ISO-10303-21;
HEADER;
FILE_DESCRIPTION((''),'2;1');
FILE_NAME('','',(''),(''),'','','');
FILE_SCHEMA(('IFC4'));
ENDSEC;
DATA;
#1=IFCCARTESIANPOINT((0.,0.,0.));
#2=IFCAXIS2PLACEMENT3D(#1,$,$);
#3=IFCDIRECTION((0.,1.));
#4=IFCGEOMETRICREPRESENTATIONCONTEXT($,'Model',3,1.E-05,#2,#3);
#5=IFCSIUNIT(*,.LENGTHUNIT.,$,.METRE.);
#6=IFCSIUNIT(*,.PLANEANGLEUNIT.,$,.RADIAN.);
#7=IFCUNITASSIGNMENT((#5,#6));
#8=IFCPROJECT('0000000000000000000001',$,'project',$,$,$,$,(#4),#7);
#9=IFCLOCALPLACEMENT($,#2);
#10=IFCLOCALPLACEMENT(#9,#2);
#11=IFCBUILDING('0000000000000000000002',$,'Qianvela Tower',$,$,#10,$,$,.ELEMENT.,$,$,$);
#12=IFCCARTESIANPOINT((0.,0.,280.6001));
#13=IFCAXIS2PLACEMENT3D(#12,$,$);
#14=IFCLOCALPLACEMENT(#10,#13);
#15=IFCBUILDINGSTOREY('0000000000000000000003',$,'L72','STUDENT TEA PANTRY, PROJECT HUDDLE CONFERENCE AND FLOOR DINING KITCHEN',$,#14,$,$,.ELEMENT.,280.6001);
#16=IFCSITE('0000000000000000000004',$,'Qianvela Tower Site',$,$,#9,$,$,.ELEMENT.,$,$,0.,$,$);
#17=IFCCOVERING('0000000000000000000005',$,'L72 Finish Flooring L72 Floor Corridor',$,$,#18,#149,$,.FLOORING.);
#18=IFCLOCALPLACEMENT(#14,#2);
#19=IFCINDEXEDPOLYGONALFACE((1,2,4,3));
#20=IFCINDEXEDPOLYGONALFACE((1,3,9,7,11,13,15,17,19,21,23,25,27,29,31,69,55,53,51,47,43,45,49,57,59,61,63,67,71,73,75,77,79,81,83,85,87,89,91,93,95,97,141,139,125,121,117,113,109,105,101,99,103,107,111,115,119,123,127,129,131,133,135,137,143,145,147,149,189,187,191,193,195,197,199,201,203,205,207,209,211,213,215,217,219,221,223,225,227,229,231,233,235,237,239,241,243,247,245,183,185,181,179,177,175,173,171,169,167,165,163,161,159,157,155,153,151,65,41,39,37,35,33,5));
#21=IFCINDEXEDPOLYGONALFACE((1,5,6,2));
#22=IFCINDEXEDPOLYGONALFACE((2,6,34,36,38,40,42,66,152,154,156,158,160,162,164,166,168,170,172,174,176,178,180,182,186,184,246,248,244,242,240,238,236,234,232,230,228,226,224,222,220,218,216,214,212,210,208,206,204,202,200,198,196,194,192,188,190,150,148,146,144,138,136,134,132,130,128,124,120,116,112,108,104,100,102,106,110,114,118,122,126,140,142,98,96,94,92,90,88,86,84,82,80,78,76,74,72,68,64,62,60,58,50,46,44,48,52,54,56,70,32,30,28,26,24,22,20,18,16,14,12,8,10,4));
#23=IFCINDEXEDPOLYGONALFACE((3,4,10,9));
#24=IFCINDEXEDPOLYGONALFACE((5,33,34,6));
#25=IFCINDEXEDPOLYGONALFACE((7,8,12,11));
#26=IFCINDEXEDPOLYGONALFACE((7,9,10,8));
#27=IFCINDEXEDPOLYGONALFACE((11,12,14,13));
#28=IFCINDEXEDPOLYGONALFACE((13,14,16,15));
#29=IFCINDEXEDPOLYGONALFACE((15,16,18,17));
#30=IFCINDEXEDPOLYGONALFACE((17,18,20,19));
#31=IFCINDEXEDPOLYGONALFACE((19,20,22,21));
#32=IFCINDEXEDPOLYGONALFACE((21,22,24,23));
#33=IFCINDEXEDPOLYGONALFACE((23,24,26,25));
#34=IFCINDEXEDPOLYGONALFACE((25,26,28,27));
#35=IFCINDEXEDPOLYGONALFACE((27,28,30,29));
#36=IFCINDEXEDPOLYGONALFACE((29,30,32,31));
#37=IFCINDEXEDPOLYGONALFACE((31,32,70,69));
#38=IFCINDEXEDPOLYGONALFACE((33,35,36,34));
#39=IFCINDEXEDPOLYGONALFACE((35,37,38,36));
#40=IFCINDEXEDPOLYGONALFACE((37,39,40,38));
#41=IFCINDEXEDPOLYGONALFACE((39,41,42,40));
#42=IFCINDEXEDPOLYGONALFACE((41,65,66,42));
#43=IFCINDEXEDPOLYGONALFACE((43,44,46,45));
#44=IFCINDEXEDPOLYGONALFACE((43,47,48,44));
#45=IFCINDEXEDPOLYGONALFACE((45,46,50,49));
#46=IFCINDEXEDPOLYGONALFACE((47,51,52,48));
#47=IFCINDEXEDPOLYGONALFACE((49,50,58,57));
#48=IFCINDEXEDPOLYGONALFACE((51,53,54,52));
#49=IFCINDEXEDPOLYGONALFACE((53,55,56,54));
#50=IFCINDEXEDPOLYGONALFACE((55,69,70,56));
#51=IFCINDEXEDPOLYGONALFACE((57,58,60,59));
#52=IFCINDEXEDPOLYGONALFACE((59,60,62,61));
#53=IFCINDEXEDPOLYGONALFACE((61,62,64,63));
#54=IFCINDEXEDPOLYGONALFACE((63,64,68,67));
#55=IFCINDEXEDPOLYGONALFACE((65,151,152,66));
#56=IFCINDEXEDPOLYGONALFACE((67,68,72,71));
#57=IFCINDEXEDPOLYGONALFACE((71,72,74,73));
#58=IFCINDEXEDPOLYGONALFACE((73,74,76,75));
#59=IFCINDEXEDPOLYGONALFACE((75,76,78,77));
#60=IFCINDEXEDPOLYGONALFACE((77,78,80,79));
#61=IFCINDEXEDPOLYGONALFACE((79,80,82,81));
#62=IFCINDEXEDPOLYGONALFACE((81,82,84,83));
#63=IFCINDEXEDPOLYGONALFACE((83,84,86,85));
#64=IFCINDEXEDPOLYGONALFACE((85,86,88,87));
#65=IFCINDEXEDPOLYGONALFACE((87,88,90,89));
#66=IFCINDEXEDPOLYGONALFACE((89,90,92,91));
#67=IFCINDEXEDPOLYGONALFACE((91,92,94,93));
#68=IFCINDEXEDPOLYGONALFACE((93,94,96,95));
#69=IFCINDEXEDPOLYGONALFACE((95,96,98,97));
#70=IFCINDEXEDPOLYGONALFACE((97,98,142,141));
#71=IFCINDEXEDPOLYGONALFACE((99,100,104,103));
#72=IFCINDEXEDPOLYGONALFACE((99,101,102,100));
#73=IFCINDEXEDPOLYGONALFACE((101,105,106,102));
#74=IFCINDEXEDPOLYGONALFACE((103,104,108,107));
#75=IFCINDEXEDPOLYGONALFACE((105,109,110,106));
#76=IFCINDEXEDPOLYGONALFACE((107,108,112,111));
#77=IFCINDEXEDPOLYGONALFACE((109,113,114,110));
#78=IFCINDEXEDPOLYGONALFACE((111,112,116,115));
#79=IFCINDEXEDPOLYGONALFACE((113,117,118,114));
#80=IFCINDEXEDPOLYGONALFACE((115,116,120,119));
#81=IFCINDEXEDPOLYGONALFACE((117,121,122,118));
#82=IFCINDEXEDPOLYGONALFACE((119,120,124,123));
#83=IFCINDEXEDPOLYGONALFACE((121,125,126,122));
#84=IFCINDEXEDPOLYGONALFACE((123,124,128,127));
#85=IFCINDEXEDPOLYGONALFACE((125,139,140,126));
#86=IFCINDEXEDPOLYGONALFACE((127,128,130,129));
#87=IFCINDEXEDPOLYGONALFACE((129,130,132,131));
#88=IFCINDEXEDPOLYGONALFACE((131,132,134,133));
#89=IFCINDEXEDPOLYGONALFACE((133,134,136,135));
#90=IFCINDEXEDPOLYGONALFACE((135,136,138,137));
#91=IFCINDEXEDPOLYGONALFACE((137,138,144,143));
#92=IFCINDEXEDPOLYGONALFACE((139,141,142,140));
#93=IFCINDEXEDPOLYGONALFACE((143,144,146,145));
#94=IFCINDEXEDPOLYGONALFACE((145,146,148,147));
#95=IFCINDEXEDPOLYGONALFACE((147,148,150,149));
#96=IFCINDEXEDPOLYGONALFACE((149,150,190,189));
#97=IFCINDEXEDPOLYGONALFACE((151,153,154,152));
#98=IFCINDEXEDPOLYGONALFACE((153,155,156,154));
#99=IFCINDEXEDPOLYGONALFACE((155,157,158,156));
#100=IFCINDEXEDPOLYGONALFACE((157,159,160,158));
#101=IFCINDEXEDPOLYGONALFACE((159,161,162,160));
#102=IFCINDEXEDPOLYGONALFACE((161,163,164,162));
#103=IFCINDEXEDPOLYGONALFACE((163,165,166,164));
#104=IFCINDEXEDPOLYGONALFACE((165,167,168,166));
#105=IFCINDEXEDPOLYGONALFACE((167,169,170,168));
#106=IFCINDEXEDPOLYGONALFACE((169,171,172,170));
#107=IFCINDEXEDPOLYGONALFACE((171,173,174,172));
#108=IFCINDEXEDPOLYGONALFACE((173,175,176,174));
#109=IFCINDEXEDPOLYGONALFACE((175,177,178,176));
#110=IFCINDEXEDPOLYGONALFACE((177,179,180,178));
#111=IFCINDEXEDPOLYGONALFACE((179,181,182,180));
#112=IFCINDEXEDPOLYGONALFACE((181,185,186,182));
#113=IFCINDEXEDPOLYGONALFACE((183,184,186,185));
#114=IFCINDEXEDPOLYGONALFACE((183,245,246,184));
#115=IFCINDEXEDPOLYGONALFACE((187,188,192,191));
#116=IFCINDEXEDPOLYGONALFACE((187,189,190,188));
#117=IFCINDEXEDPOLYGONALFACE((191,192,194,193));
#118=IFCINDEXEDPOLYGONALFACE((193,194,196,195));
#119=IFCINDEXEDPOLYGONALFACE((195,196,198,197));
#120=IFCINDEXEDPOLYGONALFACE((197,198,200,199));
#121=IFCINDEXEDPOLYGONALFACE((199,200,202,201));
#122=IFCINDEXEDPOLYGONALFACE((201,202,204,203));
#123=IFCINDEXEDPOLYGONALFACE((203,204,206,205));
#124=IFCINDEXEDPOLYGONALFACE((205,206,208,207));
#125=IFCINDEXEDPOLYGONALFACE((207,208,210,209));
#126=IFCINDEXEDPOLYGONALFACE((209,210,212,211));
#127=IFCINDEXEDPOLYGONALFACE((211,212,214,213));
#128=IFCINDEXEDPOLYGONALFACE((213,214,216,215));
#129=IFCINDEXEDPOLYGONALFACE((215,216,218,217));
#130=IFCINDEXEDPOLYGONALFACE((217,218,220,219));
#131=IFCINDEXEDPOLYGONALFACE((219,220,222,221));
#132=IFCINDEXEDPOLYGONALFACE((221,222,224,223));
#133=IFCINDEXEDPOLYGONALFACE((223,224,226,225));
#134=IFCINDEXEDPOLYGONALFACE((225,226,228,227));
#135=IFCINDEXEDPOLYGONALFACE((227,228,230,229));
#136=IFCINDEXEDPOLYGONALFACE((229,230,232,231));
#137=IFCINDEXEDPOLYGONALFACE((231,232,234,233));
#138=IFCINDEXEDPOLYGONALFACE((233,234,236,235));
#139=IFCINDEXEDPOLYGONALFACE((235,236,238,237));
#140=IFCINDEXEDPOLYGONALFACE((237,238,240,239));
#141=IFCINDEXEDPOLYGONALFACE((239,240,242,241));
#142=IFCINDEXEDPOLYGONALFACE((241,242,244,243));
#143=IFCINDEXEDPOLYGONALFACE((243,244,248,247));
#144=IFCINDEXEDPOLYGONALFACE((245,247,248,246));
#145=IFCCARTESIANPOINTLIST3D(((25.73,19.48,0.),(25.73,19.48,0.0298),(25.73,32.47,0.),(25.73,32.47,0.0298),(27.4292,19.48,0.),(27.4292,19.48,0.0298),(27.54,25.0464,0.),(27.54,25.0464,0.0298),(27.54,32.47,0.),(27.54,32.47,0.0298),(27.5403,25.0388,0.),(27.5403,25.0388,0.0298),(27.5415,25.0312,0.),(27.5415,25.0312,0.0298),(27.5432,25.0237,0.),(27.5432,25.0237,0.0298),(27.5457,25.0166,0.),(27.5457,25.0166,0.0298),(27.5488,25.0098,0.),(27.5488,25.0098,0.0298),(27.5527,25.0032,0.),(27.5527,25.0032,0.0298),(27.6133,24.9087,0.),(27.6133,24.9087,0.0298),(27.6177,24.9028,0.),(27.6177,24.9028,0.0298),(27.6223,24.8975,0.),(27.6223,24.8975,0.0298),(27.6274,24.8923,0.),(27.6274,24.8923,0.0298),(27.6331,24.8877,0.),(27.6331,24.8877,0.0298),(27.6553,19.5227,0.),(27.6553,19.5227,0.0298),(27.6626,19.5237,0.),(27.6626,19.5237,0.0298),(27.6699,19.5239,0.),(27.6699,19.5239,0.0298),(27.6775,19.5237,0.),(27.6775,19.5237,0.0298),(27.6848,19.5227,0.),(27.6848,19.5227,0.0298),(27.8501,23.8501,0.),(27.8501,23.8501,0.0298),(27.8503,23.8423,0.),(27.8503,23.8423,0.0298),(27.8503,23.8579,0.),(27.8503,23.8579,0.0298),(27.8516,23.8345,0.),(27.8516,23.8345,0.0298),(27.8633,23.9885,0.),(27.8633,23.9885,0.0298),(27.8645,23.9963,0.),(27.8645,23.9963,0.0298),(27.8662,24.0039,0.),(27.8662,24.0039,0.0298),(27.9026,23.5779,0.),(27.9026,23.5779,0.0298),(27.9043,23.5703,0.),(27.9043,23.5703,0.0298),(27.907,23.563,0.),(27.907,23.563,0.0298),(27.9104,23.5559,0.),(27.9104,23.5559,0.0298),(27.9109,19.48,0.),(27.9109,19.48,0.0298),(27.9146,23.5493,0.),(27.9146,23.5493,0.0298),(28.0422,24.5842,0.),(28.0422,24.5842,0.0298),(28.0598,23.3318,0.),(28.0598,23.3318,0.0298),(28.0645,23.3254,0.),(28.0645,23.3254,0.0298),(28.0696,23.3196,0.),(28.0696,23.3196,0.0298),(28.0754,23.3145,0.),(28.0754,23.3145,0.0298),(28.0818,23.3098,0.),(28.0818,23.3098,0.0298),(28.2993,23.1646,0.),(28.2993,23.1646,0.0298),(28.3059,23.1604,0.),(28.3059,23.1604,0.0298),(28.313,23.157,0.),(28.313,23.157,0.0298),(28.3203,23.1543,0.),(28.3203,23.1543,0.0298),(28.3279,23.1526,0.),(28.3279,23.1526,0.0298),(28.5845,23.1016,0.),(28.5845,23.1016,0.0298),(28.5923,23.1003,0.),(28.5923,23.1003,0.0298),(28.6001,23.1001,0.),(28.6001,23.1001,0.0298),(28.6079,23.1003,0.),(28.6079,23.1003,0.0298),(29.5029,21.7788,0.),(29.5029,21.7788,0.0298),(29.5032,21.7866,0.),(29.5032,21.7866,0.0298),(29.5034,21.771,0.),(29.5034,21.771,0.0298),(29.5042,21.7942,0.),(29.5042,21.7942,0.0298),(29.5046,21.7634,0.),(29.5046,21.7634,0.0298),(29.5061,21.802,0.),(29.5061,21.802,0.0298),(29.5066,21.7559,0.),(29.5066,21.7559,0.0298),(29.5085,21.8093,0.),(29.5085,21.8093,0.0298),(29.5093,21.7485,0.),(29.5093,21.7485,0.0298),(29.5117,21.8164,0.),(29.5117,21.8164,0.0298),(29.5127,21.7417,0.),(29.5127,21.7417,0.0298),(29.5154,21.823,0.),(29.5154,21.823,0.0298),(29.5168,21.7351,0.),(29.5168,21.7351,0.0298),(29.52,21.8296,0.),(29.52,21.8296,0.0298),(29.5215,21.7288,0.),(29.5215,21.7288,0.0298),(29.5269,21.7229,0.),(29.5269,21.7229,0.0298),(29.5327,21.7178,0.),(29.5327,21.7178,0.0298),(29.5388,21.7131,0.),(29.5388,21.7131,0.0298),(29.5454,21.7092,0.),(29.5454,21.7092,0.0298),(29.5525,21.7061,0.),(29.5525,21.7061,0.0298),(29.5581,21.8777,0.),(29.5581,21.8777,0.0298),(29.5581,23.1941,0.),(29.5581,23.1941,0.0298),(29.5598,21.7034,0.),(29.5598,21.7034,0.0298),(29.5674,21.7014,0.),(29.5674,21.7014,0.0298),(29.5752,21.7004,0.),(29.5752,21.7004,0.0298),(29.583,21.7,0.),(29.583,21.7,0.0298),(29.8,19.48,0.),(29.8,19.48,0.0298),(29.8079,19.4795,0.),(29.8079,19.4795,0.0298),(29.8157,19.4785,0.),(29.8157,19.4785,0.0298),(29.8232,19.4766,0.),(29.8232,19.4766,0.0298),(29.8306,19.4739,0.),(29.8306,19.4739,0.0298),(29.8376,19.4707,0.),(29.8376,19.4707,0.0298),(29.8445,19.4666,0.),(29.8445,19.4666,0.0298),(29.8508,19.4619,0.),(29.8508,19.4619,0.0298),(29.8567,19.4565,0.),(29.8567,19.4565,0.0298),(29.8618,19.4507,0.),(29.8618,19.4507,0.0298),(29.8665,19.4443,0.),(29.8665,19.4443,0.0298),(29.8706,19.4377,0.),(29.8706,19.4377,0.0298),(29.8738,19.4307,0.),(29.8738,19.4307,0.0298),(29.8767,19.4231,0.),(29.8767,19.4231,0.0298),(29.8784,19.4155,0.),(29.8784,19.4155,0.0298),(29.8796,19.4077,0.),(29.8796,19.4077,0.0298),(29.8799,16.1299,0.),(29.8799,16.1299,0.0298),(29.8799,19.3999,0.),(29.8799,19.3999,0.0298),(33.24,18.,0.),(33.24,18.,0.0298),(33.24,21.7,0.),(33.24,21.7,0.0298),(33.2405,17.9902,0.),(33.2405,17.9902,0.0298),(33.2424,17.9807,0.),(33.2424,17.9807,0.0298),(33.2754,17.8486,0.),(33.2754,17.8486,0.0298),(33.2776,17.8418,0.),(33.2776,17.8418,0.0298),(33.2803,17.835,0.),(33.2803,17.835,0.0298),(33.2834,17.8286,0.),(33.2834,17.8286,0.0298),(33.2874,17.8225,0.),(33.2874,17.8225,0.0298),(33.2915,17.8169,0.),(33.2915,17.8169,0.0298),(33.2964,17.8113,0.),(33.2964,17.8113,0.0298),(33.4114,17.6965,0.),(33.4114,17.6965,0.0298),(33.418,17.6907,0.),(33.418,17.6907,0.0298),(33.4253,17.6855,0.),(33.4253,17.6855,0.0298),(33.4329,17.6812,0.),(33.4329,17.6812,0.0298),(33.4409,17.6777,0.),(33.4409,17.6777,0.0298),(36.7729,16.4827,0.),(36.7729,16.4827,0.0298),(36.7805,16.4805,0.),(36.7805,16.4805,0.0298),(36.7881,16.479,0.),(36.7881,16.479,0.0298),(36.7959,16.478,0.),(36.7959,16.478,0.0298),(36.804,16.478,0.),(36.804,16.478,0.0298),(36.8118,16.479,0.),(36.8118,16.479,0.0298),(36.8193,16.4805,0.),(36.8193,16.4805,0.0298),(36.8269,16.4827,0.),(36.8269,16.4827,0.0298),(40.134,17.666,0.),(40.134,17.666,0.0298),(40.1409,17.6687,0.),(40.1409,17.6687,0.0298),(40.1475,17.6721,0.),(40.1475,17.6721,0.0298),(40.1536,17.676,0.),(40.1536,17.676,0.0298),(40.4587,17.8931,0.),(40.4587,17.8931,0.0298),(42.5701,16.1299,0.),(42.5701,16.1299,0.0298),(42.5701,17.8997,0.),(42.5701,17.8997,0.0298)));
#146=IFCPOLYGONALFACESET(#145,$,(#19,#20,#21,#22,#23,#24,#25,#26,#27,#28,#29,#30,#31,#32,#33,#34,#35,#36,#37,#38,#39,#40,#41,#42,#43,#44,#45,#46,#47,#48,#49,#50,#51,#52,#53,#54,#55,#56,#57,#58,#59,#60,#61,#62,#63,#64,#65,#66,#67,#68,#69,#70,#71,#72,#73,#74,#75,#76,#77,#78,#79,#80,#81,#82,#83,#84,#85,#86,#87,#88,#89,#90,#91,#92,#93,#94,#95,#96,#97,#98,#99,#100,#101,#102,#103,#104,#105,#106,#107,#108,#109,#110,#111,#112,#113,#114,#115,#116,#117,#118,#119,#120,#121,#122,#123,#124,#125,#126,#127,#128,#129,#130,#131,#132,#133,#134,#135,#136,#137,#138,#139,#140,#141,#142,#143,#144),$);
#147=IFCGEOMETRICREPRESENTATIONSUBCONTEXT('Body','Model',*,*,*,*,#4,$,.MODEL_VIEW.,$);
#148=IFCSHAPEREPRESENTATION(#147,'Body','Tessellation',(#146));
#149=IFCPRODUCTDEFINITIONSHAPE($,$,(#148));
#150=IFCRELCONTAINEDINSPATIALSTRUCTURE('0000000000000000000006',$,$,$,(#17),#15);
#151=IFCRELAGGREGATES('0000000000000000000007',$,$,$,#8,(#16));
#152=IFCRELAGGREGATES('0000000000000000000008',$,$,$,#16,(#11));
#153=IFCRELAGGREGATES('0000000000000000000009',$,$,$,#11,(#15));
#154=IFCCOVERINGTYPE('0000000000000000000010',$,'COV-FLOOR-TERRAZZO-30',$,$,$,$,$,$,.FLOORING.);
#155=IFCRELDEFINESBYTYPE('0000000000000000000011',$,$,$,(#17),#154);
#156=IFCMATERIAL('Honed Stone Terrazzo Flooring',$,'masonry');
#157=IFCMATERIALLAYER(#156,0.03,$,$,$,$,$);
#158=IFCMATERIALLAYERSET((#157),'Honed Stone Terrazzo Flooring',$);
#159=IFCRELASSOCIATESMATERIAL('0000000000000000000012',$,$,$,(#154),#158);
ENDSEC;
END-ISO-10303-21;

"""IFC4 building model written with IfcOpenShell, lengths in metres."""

from ifc_helpers import new_model, si_unit, direction, frame, origin, place, context, subcontext, project, spatial, polyline, outline, extrude, material, layer, layer_set, type_object, element, save


model = new_model("IFC4")

# Units and contexts
model_context = context("Model", 3, precision=1e-05, world=origin(), true_north=direction((0.0, 1.0)))
body_context = subcontext(model_context, "Body", "Model", "MODEL_VIEW")
ifc_project = project(units=[si_unit("LENGTHUNIT", "METRE"), si_unit("PLANEANGLEUNIT", "RADIAN")], contexts=[model_context])

# Site, building, storey
site_placement = place(None, origin())
site = spatial("IfcSite", under=ifc_project, at=site_placement, Name="Qianvela Tower Site", CompositionType="ELEMENT", RefElevation=0.0)
building_placement = place(site_placement, origin())
building = spatial("IfcBuilding", under=site, at=building_placement, Name="Qianvela Tower", CompositionType="ELEMENT")
storey_placement = place(building_placement, frame((0.0, 0.0, 280.6001)))
storey = spatial("IfcBuildingStorey", under=building, at=storey_placement, Name="L72", Description="STUDENT TEA PANTRY, PROJECT HUDDLE CONFERENCE AND FLOOR DINING KITCHEN", CompositionType="ELEMENT", Elevation=280.6001)

# Covering
ifc_material_1 = material(Name="Honed Stone Terrazzo Flooring", Category="masonry")
ifc_layer_1 = layer(ifc_material_1, 0.03)
ifc_layer_set_1 = layer_set([ifc_layer_1], Name="Honed Stone Terrazzo Flooring")
covering_type_1 = type_object("IfcCoveringType", Name="COV-FLOOR-TERRAZZO-30", PredefinedType="FLOORING", material=ifc_layer_set_1)
covering_1_placement = place(storey_placement, origin())
element("IfcCovering", 1, at=covering_1_placement, inside=storey, type_object=covering_type_1, Name="L72 Finish Flooring L72 Floor Corridor", PredefinedType="FLOORING", context=body_context, shape_type="SweptSolid", body=[
    extrude(outline(polyline([(27.8503, 23.8579), (27.8501, 23.8501), (27.8503, 23.8423), (27.8516, 23.8345), (27.9026, 23.5779), (27.9043, 23.5703), (27.907, 23.563), (27.9104, 23.5559), (27.9146, 23.5493), (28.0598, 23.3318), (28.0645, 23.3254), (28.0696, 23.3196), (28.0754, 23.3145), (28.0818, 23.3098), (28.2993, 23.1646), (28.3059, 23.1604), (28.313, 23.157), (28.3203, 23.1543), (28.3279, 23.1526), (28.5845, 23.1016), (28.5923, 23.1003), (28.6001, 23.1001), (28.6079, 23.1003), (29.5581, 23.1941), (29.5581, 21.8777), (29.52, 21.8296), (29.5154, 21.823), (29.5117, 21.8164), (29.5085, 21.8093), (29.5061, 21.802), (29.5042, 21.7942), (29.5032, 21.7866), (29.5029, 21.7788), (29.5034, 21.771), (29.5046, 21.7634), (29.5066, 21.7559), (29.5093, 21.7485), (29.5127, 21.7417), (29.5168, 21.7351), (29.5215, 21.7288), (29.5269, 21.7229), (29.5327, 21.7178), (29.5388, 21.7131), (29.5454, 21.7092), (29.5525, 21.7061), (29.5598, 21.7034), (29.5674, 21.7014), (29.5752, 21.7004), (29.583, 21.7), (33.24, 21.7), (33.24, 18.0), (33.2405, 17.9902), (33.2424, 17.9807), (33.2754, 17.8486), (33.2776, 17.8418), (33.2803, 17.835), (33.2834, 17.8286), (33.2874, 17.8225), (33.2915, 17.8169), (33.2964, 17.8113), (33.4114, 17.6965), (33.418, 17.6907), (33.4253, 17.6855), (33.4329, 17.6812), (33.4409, 17.6777), (36.7729, 16.4827), (36.7805, 16.4805), (36.7881, 16.479), (36.7959, 16.478), (36.804, 16.478), (36.8118, 16.479), (36.8193, 16.4805), (36.8269, 16.4827), (40.134, 17.666), (40.1409, 17.6687), (40.1475, 17.6721), (40.1536, 17.676), (40.4587, 17.8931), (42.5701, 17.8997), (42.5701, 16.1299), (29.8799, 16.1299), (29.8799, 19.3999), (29.8796, 19.4077), (29.8784, 19.4155), (29.8767, 19.4231), (29.8738, 19.4307), (29.8706, 19.4377), (29.8665, 19.4443), (29.8618, 19.4507), (29.8567, 19.4565), (29.8508, 19.4619), (29.8445, 19.4666), (29.8376, 19.4707), (29.8306, 19.4739), (29.8232, 19.4766), (29.8157, 19.4785), (29.8079, 19.4795), (29.8, 19.48), (27.9109, 19.48), (27.6848, 19.5227), (27.6775, 19.5237), (27.6699, 19.5239), (27.6626, 19.5237), (27.6553, 19.5227), (27.4292, 19.48), (25.73, 19.48), (25.73, 32.47), (27.54, 32.47), (27.54, 25.0464), (27.5403, 25.0388), (27.5415, 25.0312), (27.5432, 25.0237), (27.5457, 25.0166), (27.5488, 25.0098), (27.5527, 25.0032), (27.6133, 24.9087), (27.6177, 24.9028), (27.6223, 24.8975), (27.6274, 24.8923), (27.6331, 24.8877), (28.0422, 24.5842), (27.8662, 24.0039), (27.8645, 23.9963), (27.8633, 23.9885), (27.8503, 23.8579)])), origin(), (0.0, 0.0, 1.0), 0.0298),
])

save(model, "model.ifc")
